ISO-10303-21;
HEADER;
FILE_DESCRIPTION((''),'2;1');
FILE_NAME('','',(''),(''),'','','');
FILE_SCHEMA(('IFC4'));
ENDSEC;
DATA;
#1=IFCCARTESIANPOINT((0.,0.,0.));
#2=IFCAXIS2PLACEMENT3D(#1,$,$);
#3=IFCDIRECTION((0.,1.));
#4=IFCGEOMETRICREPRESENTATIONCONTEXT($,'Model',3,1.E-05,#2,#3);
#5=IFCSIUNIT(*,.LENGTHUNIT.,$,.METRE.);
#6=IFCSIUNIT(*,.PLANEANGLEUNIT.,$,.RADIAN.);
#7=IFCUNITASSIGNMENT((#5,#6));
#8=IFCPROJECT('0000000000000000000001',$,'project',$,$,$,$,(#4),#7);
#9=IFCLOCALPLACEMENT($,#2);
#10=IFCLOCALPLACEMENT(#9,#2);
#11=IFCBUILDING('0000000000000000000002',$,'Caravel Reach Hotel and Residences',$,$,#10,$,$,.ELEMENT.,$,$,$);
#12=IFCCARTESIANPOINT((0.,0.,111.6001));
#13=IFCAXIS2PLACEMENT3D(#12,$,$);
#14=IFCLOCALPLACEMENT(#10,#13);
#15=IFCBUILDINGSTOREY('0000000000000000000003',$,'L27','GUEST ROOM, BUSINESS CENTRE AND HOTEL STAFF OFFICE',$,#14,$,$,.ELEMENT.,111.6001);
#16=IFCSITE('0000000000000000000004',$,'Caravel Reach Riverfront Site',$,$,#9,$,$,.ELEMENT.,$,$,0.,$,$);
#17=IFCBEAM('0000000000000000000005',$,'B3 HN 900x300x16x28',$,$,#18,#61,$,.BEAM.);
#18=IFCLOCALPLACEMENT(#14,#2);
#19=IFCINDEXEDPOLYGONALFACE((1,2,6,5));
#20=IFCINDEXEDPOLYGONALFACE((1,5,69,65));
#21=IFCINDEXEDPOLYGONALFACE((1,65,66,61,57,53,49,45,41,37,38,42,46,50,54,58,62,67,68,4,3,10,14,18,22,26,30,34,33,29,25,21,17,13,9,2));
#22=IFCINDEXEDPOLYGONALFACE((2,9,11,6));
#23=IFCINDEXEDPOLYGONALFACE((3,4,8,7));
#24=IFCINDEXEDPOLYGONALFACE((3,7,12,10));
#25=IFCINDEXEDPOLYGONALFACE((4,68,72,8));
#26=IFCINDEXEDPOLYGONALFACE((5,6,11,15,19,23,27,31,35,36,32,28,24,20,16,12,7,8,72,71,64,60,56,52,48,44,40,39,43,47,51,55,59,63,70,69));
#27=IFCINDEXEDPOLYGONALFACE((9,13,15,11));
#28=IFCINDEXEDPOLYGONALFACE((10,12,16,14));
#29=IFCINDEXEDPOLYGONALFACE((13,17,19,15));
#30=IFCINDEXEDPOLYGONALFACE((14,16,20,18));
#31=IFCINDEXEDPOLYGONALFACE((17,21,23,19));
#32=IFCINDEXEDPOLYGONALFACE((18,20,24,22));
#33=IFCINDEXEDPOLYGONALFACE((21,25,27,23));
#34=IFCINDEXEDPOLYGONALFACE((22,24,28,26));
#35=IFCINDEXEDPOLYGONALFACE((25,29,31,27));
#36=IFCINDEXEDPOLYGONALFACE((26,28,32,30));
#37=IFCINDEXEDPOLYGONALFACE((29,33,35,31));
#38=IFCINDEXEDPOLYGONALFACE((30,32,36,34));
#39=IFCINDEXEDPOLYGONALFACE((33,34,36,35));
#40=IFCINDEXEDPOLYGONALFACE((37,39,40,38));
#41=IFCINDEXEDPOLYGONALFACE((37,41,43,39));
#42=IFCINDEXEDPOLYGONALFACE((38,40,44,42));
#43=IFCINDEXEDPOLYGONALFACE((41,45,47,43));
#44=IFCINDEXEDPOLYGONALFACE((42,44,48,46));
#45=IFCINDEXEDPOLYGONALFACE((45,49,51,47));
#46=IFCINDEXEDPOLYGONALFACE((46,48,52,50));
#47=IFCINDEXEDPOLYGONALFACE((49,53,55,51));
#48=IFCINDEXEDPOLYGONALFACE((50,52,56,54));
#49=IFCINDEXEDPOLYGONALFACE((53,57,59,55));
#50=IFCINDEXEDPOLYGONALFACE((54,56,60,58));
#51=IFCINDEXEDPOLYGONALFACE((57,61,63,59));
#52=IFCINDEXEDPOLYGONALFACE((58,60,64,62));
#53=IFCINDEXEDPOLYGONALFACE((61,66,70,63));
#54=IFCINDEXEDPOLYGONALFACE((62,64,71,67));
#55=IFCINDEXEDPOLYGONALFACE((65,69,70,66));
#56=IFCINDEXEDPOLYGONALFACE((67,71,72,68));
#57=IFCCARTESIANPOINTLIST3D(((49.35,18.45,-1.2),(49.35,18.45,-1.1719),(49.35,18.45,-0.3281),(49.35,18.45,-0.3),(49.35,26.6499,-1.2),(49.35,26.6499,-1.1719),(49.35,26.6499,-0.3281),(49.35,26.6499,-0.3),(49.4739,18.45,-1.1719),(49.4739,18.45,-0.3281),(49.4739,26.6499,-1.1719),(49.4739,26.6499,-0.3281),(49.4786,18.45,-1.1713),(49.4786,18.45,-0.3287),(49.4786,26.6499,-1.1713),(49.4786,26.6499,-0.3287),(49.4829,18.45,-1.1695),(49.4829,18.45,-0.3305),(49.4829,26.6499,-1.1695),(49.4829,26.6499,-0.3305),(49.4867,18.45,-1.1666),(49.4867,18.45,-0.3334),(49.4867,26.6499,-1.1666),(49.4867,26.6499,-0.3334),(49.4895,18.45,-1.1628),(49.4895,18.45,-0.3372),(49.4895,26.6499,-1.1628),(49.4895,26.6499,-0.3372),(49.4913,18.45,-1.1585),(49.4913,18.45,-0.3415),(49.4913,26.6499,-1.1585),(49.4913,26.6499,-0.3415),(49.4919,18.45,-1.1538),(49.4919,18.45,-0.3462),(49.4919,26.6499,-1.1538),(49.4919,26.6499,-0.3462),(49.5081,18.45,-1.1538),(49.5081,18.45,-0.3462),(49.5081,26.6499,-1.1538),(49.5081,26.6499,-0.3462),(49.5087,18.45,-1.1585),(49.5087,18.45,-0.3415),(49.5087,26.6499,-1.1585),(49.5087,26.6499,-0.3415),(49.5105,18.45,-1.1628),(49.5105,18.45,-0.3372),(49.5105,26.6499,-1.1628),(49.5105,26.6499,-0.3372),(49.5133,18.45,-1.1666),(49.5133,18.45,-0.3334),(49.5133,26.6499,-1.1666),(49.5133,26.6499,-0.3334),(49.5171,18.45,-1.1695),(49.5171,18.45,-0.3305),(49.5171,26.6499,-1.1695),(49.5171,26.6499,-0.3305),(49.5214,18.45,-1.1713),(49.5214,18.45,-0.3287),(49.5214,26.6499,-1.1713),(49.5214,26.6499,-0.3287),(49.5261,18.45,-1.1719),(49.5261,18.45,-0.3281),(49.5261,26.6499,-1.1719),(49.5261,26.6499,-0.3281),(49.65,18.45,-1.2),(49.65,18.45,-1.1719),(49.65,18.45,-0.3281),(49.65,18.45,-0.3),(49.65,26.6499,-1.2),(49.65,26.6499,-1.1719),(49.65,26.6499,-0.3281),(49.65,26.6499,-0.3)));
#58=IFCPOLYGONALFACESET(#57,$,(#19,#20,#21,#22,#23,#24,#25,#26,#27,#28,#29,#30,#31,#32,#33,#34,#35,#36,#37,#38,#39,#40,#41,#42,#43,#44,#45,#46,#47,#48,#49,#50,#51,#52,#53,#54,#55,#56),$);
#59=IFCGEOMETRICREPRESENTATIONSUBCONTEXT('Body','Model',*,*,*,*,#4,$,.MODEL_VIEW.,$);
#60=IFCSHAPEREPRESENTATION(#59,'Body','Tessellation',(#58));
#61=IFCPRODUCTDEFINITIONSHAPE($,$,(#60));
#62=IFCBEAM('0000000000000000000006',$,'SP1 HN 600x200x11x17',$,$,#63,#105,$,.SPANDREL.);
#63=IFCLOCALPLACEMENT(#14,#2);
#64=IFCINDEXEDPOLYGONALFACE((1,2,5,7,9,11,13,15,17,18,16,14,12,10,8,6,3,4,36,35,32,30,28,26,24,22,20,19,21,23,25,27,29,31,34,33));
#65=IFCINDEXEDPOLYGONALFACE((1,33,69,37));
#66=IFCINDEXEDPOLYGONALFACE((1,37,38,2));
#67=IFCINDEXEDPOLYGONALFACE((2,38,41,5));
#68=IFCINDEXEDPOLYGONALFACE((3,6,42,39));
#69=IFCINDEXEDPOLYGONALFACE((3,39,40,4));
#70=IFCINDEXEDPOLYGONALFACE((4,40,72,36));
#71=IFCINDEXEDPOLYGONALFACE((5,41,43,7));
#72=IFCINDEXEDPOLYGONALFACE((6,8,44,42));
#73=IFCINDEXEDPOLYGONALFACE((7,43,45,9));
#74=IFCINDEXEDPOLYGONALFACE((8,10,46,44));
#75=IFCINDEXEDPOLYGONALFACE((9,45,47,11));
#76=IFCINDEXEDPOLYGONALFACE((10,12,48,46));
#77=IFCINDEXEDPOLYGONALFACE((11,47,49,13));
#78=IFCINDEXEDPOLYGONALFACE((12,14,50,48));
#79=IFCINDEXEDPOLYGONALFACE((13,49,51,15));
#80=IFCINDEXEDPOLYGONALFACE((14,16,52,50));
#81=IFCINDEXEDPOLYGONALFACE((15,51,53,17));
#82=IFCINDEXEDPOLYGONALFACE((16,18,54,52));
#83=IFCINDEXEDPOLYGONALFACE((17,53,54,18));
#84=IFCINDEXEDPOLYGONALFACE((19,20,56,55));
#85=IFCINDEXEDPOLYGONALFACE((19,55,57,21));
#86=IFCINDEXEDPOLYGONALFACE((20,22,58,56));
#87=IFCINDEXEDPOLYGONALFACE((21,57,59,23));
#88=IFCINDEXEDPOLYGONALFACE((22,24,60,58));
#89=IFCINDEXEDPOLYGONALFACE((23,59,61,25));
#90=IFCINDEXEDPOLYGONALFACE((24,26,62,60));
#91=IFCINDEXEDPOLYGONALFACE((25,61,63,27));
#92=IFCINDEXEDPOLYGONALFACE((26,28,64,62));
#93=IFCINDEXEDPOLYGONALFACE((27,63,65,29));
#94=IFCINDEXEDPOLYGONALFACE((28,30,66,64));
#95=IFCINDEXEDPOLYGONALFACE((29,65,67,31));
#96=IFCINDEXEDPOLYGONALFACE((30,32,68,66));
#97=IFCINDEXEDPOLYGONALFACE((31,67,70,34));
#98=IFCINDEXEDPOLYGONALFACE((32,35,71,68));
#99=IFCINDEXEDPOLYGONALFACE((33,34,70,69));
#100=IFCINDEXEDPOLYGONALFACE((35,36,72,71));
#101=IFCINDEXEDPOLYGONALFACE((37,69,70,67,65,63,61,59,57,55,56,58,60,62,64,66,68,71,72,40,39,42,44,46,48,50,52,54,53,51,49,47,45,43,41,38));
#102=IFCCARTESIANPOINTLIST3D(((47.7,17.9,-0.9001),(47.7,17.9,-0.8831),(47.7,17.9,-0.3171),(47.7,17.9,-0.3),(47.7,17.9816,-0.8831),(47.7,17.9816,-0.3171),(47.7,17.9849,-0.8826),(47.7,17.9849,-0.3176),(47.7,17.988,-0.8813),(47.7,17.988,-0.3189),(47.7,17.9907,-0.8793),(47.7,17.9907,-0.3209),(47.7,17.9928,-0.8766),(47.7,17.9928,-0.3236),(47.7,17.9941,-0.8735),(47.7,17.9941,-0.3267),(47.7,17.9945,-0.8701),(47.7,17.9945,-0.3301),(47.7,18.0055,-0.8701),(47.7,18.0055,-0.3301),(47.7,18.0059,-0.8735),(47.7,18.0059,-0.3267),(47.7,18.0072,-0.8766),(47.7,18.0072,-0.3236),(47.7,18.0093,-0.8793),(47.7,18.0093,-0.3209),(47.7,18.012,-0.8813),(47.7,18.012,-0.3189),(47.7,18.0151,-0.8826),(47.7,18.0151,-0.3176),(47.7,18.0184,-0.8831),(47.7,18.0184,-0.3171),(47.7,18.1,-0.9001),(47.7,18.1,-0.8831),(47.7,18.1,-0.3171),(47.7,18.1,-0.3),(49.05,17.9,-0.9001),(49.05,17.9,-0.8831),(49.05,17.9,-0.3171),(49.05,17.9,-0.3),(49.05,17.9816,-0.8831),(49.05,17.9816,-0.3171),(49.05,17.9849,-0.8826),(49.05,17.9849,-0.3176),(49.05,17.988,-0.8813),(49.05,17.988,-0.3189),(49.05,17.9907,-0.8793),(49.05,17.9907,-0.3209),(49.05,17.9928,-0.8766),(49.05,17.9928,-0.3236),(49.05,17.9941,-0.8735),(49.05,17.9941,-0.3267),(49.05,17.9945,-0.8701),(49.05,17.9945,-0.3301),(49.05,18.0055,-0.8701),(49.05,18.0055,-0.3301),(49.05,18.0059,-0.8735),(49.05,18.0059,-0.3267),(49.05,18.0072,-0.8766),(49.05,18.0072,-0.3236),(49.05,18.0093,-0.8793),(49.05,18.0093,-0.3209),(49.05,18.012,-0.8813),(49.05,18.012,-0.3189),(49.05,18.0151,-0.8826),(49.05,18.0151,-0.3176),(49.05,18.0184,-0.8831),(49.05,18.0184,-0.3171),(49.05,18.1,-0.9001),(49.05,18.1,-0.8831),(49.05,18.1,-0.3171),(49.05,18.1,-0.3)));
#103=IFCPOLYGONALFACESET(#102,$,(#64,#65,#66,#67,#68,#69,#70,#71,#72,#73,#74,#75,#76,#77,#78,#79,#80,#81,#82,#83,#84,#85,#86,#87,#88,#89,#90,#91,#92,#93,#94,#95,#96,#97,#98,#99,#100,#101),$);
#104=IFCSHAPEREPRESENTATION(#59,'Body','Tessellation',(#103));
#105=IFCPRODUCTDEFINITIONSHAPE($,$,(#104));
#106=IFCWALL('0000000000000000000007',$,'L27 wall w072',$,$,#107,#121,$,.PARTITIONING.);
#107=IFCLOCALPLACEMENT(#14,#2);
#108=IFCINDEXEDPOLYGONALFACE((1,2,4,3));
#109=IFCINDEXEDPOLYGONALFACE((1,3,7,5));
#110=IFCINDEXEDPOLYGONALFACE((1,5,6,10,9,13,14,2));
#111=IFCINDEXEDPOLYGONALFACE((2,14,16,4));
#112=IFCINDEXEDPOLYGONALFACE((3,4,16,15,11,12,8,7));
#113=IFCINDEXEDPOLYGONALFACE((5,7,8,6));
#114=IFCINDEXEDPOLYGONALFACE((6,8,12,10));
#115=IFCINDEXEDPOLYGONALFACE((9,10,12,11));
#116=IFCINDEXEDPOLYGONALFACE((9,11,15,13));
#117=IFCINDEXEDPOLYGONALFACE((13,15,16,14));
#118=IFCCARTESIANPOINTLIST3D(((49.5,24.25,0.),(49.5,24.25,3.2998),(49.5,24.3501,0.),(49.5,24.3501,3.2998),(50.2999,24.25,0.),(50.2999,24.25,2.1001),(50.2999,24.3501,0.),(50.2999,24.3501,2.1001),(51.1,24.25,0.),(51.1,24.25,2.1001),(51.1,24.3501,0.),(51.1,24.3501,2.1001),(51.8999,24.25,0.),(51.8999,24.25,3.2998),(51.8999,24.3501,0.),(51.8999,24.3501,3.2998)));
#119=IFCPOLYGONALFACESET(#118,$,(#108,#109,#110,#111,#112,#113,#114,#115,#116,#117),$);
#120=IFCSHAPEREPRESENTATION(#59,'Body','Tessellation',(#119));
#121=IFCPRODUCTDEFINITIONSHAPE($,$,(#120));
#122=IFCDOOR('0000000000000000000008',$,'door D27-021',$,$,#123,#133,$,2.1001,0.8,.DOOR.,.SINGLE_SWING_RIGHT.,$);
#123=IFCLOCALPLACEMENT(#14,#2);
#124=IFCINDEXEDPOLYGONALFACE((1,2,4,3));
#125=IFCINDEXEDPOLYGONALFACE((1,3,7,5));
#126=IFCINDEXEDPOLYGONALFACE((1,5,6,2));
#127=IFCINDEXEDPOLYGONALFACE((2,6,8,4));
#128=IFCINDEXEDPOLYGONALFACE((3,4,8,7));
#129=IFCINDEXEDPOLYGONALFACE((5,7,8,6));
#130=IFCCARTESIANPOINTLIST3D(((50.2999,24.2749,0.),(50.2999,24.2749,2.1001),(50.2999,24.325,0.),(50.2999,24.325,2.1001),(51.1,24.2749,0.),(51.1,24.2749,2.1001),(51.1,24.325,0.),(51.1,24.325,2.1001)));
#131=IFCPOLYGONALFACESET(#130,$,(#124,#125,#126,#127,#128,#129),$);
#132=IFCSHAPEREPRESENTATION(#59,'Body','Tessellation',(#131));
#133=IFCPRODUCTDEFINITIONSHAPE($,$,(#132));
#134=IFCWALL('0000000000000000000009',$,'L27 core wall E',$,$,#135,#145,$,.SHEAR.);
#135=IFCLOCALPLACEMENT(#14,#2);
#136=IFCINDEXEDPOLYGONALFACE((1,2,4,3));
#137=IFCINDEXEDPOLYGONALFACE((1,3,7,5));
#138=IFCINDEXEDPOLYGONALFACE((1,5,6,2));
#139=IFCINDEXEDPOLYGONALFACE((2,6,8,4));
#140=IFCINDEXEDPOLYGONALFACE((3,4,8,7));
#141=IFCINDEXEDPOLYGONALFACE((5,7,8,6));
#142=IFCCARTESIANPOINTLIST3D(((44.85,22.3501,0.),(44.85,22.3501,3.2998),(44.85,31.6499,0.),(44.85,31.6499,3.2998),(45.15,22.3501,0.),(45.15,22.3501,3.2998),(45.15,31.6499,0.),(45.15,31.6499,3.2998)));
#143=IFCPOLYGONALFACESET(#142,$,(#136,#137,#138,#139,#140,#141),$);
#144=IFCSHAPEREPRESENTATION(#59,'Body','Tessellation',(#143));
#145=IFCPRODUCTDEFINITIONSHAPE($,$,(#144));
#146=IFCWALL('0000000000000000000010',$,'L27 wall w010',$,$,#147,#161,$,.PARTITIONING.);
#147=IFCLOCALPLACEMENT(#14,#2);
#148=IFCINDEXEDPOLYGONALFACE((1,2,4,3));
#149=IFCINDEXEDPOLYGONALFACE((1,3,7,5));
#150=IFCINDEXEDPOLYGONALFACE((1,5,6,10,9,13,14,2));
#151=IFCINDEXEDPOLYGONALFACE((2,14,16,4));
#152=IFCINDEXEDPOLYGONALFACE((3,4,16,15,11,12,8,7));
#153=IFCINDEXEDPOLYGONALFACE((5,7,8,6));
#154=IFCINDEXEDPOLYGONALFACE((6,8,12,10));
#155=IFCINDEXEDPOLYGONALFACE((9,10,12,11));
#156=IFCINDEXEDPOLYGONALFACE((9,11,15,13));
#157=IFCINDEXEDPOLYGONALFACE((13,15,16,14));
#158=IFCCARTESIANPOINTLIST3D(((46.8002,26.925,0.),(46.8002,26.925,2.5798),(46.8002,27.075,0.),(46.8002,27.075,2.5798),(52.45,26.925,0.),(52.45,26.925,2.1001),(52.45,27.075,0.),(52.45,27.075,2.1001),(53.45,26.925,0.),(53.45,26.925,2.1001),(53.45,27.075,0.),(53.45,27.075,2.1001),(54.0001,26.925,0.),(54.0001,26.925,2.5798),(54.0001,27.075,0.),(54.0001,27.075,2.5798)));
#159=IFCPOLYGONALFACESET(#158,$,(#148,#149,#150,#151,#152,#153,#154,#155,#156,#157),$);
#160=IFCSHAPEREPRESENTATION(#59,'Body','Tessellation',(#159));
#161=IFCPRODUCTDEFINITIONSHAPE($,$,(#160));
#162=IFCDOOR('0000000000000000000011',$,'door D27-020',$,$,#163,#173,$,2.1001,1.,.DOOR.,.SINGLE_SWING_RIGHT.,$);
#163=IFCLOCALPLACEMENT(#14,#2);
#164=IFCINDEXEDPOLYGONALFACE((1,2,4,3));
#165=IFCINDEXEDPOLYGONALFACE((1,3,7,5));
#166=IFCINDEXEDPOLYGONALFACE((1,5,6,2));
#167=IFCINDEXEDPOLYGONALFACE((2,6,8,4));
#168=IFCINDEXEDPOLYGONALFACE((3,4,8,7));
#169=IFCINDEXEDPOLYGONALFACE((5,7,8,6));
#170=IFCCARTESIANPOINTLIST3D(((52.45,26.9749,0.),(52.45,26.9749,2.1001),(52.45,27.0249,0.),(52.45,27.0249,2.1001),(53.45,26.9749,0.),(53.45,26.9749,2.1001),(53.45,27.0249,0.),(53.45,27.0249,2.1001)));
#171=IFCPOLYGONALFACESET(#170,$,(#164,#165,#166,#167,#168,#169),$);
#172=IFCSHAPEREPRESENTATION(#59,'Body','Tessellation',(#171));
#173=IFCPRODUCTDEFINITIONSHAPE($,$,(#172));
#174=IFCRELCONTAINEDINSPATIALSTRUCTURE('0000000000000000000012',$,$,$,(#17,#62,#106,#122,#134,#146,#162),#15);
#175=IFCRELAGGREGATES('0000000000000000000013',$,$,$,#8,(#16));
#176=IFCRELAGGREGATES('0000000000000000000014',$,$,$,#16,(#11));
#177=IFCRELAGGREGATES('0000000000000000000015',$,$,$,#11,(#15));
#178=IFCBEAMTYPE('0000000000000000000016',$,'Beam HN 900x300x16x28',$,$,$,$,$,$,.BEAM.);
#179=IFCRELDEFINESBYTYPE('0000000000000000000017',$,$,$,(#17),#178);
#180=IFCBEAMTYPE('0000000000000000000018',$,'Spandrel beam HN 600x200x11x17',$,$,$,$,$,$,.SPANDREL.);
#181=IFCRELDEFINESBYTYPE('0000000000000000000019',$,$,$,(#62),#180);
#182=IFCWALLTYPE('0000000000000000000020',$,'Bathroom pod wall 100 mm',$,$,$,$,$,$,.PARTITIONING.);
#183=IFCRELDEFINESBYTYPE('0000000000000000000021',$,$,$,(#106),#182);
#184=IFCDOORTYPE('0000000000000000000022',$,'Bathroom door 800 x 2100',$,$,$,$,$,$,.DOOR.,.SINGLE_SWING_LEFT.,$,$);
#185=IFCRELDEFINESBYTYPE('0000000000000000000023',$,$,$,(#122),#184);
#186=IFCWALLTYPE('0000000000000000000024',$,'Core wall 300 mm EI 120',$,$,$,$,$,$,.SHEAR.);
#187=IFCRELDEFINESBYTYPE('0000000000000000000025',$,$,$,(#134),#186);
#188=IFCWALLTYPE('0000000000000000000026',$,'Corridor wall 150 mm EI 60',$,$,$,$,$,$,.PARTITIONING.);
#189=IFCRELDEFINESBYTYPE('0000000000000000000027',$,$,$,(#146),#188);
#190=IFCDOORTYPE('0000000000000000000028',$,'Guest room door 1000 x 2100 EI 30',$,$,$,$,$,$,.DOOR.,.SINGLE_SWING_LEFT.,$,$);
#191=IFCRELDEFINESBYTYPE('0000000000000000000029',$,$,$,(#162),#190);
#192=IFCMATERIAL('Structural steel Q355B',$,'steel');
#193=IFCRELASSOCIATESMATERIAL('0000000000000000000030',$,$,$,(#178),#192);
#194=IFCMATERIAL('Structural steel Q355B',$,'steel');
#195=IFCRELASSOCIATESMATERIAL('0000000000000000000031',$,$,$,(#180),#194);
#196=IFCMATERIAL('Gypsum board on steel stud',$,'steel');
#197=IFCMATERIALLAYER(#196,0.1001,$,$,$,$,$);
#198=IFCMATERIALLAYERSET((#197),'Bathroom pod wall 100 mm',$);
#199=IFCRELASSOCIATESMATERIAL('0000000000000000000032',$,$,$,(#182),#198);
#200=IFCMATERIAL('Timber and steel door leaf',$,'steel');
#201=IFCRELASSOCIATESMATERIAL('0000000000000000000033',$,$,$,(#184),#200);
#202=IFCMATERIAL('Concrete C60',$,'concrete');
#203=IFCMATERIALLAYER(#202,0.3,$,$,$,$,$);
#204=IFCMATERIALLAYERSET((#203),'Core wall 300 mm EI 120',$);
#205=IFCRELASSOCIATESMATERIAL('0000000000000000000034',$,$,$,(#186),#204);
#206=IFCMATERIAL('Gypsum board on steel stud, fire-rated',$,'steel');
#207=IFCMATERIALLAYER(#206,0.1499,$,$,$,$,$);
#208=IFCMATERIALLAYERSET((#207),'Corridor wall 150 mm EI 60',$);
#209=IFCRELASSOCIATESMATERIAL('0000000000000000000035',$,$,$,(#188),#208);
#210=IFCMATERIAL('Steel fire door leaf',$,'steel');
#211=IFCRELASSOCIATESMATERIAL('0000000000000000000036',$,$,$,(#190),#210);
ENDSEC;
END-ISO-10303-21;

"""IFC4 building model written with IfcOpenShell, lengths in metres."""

from ifc_helpers import new_model, si_unit, direction, frame, frame_2d, origin, origin_2d, place, context, subcontext, project, spatial, rectangle, i_section, extrude, material, layer, layer_set, material_profile, profile_set, type_object, element, fill, save


model = new_model("IFC4")

# Units and contexts
model_context = context("Model", 3, precision=1e-05, world=origin(), true_north=direction((0.0, 1.0)))
body_context = subcontext(model_context, "Body", "Model", "MODEL_VIEW")
ifc_project = project(units=[si_unit("LENGTHUNIT", "METRE"), si_unit("PLANEANGLEUNIT", "RADIAN")], contexts=[model_context])

# Site, building, storey
site_placement = place(None, origin())
site = spatial("IfcSite", under=ifc_project, at=site_placement, Name="Caravel Reach Riverfront Site", CompositionType="ELEMENT", RefElevation=0.0)
building_placement = place(site_placement, origin())
building = spatial("IfcBuilding", under=site, at=building_placement, Name="Caravel Reach Hotel and Residences", CompositionType="ELEMENT")
storey_placement = place(building_placement, frame((0.0, 0.0, 111.6001)))
storey = spatial("IfcBuildingStorey", under=building, at=storey_placement, Name="L27", Description="GUEST ROOM, BUSINESS CENTRE AND HOTEL STAFF OFFICE", CompositionType="ELEMENT", Elevation=111.6001)

# Beams
ifc_material_1 = material(Name="Structural steel Q355B", Category="steel")
ifc_material_profile_1 = material_profile(ifc_material_1, i_section(OverallWidth=0.3, OverallDepth=0.8999, WebThickness=0.0161, FlangeThickness=0.0281, FilletRadius=0.0181, at=origin_2d()), Name="HN 900x300x16x28")
ifc_profile_set_1 = profile_set([ifc_material_profile_1], Name="Structural steel Q355B")
beam_type_1 = type_object("IfcBeamType", Name="Beam HN 900x300x16x28", PredefinedType="BEAM", material=ifc_profile_set_1)
beam_1_placement = place(storey_placement, frame((49.5, 18.45, -0.75), z_axis=(0.0, 1.0, 0.0), x_axis=(-1.0, 0.0, 0.0)))
element("IfcBeam", 1, at=beam_1_placement, inside=storey, type_object=beam_type_1, Name="B3 HN 900x300x16x28", PredefinedType="BEAM", context=body_context, shape_type="SweptSolid", body=[
    extrude(i_section(OverallWidth=0.3, OverallDepth=0.8999, WebThickness=0.0161, FlangeThickness=0.0281, FilletRadius=0.0181, at=origin_2d()), origin(), (0.0, 0.0, 1.0), 8.2),
])
ifc_material_2 = material(Name="Structural steel Q355B", Category="steel")
ifc_material_profile_2 = material_profile(ifc_material_2, i_section(OverallWidth=0.2, OverallDepth=0.6001, WebThickness=0.011, FlangeThickness=0.0171, FilletRadius=0.0129, at=origin_2d()), Name="HN 600x200x11x17")
ifc_profile_set_2 = profile_set([ifc_material_profile_2], Name="Structural steel Q355B")
beam_type_2 = type_object("IfcBeamType", Name="Spandrel beam HN 600x200x11x17", PredefinedType="SPANDREL", material=ifc_profile_set_2)
beam_2_placement = place(storey_placement, frame((47.7, 18.0, -0.6001), z_axis=(1.0, 0.0, 0.0), x_axis=(0.0, 1.0, 0.0)))
element("IfcBeam", 2, at=beam_2_placement, inside=storey, type_object=beam_type_2, Name="SP1 HN 600x200x11x17", PredefinedType="SPANDREL", context=body_context, shape_type="SweptSolid", body=[
    extrude(i_section(OverallWidth=0.2, OverallDepth=0.6001, WebThickness=0.011, FlangeThickness=0.0171, FilletRadius=0.0129, at=origin_2d()), origin(), (0.0, 0.0, 1.0), 1.3501),
])

# Wall, opening, door
ifc_material_3 = material(Name="Gypsum board on steel stud", Category="steel")
ifc_layer_1 = layer(ifc_material_3, 0.1001)
ifc_layer_set_1 = layer_set([ifc_layer_1], Name="Bathroom pod wall 100 mm")
wall_type_1 = type_object("IfcWallType", Name="Bathroom pod wall 100 mm", PredefinedType="PARTITIONING", material=ifc_layer_set_1)
wall_1_placement = place(storey_placement, frame((49.5, 24.3, 0.0), z_axis=(0.0, 0.0, 1.0), x_axis=(1.0, 0.0, 0.0)))
wall_1 = element("IfcWall", 3, at=wall_1_placement, inside=storey, type_object=wall_type_1, Name="L27 wall w072", PredefinedType="PARTITIONING", context=body_context, shape_type="SweptSolid", body=[
    extrude(rectangle(XDim=2.3999, YDim=0.1001, at=frame_2d((1.2, 0.0))), origin(), (0.0, 0.0, 1.0), 3.2998),
])
opening_1_placement = place(wall_1_placement, frame((0.8, 0.0, 0.0)))
opening_1 = element("IfcOpeningElement", 4, at=opening_1_placement, cuts=wall_1, PredefinedType="OPENING", context=body_context, shape_type="SweptSolid", body=[
    extrude(rectangle(XDim=0.8, YDim=2.1001, at=frame_2d((0.3999, 1.05))), frame((0.0, 0.0601, 0.0), z_axis=(0.0, -1.0, 0.0), x_axis=(1.0, 0.0, 0.0)), (0.0, 0.0, 1.0), 0.1201),
])
ifc_material_4 = material(Name="Timber and steel door leaf", Category="steel")
door_type_1 = type_object("IfcDoorType", Name="Bathroom door 800 x 2100", OperationType="SINGLE_SWING_LEFT", PredefinedType="DOOR", material=ifc_material_4)
door_1_placement = place(opening_1_placement, origin())
door_1 = element("IfcDoor", 5, at=door_1_placement, inside=storey, type_object=door_type_1, Name="door D27-021", OperationType="SINGLE_SWING_RIGHT", OverallHeight=2.1001, OverallWidth=0.8, PredefinedType="DOOR", context=body_context, shape_type="SweptSolid", body=[
    extrude(rectangle(XDim=0.8, YDim=2.1001, at=frame_2d((0.3999, 1.05))), frame((0.0, 0.0249, 0.0), z_axis=(0.0, -1.0, 0.0), x_axis=(1.0, 0.0, 0.0)), (0.0, 0.0, 1.0), 0.05),
])
fill(opening_1, door_1)

# Wall
ifc_material_5 = material(Name="Concrete C60", Category="concrete")
ifc_layer_2 = layer(ifc_material_5, 0.3)
ifc_layer_set_2 = layer_set([ifc_layer_2], Name="Core wall 300 mm EI 120")
wall_type_2 = type_object("IfcWallType", Name="Core wall 300 mm EI 120", PredefinedType="SHEAR", material=ifc_layer_set_2)
wall_2_placement = place(storey_placement, frame((45.0, 22.3501, 0.0), z_axis=(0.0, 0.0, 1.0), x_axis=(0.0, 1.0, 0.0)))
element("IfcWall", 6, at=wall_2_placement, inside=storey, type_object=wall_type_2, Name="L27 core wall E", PredefinedType="SHEAR", context=body_context, shape_type="SweptSolid", body=[
    extrude(rectangle(XDim=9.2998, YDim=0.3, at=frame_2d((4.6499, 0.0))), origin(), (0.0, 0.0, 1.0), 3.2998),
])

# Wall, opening, door
ifc_material_6 = material(Name="Gypsum board on steel stud, fire-rated", Category="steel")
ifc_layer_3 = layer(ifc_material_6, 0.1499)
ifc_layer_set_3 = layer_set([ifc_layer_3], Name="Corridor wall 150 mm EI 60")
wall_type_3 = type_object("IfcWallType", Name="Corridor wall 150 mm EI 60", PredefinedType="PARTITIONING", material=ifc_layer_set_3)
wall_3_placement = place(storey_placement, frame((46.8, 27.0, 0.0), z_axis=(0.0, 0.0, 1.0), x_axis=(1.0, 0.0, 0.0)))
wall_3 = element("IfcWall", 7, at=wall_3_placement, inside=storey, type_object=wall_type_3, Name="L27 wall w010", PredefinedType="PARTITIONING", context=body_context, shape_type="SweptSolid", body=[
    extrude(rectangle(XDim=7.2, YDim=0.1499, at=frame_2d((3.6001, 0.0))), origin(), (0.0, 0.0, 1.0), 2.5798),
])
opening_2_placement = place(wall_3_placement, frame((5.6499, 0.0, 0.0)))
opening_2 = element("IfcOpeningElement", 8, at=opening_2_placement, cuts=wall_3, PredefinedType="OPENING", context=body_context, shape_type="SweptSolid", body=[
    extrude(rectangle(XDim=1.0, YDim=2.1001, at=frame_2d((0.5, 1.05))), frame((0.0, 0.085, 0.0), z_axis=(0.0, -1.0, 0.0), x_axis=(1.0, 0.0, 0.0)), (0.0, 0.0, 1.0), 0.1699),
])
ifc_material_7 = material(Name="Steel fire door leaf", Category="steel")
door_type_2 = type_object("IfcDoorType", Name="Guest room door 1000 x 2100 EI 30", OperationType="SINGLE_SWING_LEFT", PredefinedType="DOOR", material=ifc_material_7)
door_2_placement = place(opening_2_placement, origin())
door_2 = element("IfcDoor", 9, at=door_2_placement, inside=storey, type_object=door_type_2, Name="door D27-020", OperationType="SINGLE_SWING_RIGHT", OverallHeight=2.1001, OverallWidth=1.0, PredefinedType="DOOR", context=body_context, shape_type="SweptSolid", body=[
    extrude(rectangle(XDim=1.0, YDim=2.1001, at=frame_2d((0.5, 1.05))), frame((0.0, 0.0249, 0.0), z_axis=(0.0, -1.0, 0.0), x_axis=(1.0, 0.0, 0.0)), (0.0, 0.0, 1.0), 0.05),
])
fill(opening_2, door_2)

save(model, "model.ifc")
